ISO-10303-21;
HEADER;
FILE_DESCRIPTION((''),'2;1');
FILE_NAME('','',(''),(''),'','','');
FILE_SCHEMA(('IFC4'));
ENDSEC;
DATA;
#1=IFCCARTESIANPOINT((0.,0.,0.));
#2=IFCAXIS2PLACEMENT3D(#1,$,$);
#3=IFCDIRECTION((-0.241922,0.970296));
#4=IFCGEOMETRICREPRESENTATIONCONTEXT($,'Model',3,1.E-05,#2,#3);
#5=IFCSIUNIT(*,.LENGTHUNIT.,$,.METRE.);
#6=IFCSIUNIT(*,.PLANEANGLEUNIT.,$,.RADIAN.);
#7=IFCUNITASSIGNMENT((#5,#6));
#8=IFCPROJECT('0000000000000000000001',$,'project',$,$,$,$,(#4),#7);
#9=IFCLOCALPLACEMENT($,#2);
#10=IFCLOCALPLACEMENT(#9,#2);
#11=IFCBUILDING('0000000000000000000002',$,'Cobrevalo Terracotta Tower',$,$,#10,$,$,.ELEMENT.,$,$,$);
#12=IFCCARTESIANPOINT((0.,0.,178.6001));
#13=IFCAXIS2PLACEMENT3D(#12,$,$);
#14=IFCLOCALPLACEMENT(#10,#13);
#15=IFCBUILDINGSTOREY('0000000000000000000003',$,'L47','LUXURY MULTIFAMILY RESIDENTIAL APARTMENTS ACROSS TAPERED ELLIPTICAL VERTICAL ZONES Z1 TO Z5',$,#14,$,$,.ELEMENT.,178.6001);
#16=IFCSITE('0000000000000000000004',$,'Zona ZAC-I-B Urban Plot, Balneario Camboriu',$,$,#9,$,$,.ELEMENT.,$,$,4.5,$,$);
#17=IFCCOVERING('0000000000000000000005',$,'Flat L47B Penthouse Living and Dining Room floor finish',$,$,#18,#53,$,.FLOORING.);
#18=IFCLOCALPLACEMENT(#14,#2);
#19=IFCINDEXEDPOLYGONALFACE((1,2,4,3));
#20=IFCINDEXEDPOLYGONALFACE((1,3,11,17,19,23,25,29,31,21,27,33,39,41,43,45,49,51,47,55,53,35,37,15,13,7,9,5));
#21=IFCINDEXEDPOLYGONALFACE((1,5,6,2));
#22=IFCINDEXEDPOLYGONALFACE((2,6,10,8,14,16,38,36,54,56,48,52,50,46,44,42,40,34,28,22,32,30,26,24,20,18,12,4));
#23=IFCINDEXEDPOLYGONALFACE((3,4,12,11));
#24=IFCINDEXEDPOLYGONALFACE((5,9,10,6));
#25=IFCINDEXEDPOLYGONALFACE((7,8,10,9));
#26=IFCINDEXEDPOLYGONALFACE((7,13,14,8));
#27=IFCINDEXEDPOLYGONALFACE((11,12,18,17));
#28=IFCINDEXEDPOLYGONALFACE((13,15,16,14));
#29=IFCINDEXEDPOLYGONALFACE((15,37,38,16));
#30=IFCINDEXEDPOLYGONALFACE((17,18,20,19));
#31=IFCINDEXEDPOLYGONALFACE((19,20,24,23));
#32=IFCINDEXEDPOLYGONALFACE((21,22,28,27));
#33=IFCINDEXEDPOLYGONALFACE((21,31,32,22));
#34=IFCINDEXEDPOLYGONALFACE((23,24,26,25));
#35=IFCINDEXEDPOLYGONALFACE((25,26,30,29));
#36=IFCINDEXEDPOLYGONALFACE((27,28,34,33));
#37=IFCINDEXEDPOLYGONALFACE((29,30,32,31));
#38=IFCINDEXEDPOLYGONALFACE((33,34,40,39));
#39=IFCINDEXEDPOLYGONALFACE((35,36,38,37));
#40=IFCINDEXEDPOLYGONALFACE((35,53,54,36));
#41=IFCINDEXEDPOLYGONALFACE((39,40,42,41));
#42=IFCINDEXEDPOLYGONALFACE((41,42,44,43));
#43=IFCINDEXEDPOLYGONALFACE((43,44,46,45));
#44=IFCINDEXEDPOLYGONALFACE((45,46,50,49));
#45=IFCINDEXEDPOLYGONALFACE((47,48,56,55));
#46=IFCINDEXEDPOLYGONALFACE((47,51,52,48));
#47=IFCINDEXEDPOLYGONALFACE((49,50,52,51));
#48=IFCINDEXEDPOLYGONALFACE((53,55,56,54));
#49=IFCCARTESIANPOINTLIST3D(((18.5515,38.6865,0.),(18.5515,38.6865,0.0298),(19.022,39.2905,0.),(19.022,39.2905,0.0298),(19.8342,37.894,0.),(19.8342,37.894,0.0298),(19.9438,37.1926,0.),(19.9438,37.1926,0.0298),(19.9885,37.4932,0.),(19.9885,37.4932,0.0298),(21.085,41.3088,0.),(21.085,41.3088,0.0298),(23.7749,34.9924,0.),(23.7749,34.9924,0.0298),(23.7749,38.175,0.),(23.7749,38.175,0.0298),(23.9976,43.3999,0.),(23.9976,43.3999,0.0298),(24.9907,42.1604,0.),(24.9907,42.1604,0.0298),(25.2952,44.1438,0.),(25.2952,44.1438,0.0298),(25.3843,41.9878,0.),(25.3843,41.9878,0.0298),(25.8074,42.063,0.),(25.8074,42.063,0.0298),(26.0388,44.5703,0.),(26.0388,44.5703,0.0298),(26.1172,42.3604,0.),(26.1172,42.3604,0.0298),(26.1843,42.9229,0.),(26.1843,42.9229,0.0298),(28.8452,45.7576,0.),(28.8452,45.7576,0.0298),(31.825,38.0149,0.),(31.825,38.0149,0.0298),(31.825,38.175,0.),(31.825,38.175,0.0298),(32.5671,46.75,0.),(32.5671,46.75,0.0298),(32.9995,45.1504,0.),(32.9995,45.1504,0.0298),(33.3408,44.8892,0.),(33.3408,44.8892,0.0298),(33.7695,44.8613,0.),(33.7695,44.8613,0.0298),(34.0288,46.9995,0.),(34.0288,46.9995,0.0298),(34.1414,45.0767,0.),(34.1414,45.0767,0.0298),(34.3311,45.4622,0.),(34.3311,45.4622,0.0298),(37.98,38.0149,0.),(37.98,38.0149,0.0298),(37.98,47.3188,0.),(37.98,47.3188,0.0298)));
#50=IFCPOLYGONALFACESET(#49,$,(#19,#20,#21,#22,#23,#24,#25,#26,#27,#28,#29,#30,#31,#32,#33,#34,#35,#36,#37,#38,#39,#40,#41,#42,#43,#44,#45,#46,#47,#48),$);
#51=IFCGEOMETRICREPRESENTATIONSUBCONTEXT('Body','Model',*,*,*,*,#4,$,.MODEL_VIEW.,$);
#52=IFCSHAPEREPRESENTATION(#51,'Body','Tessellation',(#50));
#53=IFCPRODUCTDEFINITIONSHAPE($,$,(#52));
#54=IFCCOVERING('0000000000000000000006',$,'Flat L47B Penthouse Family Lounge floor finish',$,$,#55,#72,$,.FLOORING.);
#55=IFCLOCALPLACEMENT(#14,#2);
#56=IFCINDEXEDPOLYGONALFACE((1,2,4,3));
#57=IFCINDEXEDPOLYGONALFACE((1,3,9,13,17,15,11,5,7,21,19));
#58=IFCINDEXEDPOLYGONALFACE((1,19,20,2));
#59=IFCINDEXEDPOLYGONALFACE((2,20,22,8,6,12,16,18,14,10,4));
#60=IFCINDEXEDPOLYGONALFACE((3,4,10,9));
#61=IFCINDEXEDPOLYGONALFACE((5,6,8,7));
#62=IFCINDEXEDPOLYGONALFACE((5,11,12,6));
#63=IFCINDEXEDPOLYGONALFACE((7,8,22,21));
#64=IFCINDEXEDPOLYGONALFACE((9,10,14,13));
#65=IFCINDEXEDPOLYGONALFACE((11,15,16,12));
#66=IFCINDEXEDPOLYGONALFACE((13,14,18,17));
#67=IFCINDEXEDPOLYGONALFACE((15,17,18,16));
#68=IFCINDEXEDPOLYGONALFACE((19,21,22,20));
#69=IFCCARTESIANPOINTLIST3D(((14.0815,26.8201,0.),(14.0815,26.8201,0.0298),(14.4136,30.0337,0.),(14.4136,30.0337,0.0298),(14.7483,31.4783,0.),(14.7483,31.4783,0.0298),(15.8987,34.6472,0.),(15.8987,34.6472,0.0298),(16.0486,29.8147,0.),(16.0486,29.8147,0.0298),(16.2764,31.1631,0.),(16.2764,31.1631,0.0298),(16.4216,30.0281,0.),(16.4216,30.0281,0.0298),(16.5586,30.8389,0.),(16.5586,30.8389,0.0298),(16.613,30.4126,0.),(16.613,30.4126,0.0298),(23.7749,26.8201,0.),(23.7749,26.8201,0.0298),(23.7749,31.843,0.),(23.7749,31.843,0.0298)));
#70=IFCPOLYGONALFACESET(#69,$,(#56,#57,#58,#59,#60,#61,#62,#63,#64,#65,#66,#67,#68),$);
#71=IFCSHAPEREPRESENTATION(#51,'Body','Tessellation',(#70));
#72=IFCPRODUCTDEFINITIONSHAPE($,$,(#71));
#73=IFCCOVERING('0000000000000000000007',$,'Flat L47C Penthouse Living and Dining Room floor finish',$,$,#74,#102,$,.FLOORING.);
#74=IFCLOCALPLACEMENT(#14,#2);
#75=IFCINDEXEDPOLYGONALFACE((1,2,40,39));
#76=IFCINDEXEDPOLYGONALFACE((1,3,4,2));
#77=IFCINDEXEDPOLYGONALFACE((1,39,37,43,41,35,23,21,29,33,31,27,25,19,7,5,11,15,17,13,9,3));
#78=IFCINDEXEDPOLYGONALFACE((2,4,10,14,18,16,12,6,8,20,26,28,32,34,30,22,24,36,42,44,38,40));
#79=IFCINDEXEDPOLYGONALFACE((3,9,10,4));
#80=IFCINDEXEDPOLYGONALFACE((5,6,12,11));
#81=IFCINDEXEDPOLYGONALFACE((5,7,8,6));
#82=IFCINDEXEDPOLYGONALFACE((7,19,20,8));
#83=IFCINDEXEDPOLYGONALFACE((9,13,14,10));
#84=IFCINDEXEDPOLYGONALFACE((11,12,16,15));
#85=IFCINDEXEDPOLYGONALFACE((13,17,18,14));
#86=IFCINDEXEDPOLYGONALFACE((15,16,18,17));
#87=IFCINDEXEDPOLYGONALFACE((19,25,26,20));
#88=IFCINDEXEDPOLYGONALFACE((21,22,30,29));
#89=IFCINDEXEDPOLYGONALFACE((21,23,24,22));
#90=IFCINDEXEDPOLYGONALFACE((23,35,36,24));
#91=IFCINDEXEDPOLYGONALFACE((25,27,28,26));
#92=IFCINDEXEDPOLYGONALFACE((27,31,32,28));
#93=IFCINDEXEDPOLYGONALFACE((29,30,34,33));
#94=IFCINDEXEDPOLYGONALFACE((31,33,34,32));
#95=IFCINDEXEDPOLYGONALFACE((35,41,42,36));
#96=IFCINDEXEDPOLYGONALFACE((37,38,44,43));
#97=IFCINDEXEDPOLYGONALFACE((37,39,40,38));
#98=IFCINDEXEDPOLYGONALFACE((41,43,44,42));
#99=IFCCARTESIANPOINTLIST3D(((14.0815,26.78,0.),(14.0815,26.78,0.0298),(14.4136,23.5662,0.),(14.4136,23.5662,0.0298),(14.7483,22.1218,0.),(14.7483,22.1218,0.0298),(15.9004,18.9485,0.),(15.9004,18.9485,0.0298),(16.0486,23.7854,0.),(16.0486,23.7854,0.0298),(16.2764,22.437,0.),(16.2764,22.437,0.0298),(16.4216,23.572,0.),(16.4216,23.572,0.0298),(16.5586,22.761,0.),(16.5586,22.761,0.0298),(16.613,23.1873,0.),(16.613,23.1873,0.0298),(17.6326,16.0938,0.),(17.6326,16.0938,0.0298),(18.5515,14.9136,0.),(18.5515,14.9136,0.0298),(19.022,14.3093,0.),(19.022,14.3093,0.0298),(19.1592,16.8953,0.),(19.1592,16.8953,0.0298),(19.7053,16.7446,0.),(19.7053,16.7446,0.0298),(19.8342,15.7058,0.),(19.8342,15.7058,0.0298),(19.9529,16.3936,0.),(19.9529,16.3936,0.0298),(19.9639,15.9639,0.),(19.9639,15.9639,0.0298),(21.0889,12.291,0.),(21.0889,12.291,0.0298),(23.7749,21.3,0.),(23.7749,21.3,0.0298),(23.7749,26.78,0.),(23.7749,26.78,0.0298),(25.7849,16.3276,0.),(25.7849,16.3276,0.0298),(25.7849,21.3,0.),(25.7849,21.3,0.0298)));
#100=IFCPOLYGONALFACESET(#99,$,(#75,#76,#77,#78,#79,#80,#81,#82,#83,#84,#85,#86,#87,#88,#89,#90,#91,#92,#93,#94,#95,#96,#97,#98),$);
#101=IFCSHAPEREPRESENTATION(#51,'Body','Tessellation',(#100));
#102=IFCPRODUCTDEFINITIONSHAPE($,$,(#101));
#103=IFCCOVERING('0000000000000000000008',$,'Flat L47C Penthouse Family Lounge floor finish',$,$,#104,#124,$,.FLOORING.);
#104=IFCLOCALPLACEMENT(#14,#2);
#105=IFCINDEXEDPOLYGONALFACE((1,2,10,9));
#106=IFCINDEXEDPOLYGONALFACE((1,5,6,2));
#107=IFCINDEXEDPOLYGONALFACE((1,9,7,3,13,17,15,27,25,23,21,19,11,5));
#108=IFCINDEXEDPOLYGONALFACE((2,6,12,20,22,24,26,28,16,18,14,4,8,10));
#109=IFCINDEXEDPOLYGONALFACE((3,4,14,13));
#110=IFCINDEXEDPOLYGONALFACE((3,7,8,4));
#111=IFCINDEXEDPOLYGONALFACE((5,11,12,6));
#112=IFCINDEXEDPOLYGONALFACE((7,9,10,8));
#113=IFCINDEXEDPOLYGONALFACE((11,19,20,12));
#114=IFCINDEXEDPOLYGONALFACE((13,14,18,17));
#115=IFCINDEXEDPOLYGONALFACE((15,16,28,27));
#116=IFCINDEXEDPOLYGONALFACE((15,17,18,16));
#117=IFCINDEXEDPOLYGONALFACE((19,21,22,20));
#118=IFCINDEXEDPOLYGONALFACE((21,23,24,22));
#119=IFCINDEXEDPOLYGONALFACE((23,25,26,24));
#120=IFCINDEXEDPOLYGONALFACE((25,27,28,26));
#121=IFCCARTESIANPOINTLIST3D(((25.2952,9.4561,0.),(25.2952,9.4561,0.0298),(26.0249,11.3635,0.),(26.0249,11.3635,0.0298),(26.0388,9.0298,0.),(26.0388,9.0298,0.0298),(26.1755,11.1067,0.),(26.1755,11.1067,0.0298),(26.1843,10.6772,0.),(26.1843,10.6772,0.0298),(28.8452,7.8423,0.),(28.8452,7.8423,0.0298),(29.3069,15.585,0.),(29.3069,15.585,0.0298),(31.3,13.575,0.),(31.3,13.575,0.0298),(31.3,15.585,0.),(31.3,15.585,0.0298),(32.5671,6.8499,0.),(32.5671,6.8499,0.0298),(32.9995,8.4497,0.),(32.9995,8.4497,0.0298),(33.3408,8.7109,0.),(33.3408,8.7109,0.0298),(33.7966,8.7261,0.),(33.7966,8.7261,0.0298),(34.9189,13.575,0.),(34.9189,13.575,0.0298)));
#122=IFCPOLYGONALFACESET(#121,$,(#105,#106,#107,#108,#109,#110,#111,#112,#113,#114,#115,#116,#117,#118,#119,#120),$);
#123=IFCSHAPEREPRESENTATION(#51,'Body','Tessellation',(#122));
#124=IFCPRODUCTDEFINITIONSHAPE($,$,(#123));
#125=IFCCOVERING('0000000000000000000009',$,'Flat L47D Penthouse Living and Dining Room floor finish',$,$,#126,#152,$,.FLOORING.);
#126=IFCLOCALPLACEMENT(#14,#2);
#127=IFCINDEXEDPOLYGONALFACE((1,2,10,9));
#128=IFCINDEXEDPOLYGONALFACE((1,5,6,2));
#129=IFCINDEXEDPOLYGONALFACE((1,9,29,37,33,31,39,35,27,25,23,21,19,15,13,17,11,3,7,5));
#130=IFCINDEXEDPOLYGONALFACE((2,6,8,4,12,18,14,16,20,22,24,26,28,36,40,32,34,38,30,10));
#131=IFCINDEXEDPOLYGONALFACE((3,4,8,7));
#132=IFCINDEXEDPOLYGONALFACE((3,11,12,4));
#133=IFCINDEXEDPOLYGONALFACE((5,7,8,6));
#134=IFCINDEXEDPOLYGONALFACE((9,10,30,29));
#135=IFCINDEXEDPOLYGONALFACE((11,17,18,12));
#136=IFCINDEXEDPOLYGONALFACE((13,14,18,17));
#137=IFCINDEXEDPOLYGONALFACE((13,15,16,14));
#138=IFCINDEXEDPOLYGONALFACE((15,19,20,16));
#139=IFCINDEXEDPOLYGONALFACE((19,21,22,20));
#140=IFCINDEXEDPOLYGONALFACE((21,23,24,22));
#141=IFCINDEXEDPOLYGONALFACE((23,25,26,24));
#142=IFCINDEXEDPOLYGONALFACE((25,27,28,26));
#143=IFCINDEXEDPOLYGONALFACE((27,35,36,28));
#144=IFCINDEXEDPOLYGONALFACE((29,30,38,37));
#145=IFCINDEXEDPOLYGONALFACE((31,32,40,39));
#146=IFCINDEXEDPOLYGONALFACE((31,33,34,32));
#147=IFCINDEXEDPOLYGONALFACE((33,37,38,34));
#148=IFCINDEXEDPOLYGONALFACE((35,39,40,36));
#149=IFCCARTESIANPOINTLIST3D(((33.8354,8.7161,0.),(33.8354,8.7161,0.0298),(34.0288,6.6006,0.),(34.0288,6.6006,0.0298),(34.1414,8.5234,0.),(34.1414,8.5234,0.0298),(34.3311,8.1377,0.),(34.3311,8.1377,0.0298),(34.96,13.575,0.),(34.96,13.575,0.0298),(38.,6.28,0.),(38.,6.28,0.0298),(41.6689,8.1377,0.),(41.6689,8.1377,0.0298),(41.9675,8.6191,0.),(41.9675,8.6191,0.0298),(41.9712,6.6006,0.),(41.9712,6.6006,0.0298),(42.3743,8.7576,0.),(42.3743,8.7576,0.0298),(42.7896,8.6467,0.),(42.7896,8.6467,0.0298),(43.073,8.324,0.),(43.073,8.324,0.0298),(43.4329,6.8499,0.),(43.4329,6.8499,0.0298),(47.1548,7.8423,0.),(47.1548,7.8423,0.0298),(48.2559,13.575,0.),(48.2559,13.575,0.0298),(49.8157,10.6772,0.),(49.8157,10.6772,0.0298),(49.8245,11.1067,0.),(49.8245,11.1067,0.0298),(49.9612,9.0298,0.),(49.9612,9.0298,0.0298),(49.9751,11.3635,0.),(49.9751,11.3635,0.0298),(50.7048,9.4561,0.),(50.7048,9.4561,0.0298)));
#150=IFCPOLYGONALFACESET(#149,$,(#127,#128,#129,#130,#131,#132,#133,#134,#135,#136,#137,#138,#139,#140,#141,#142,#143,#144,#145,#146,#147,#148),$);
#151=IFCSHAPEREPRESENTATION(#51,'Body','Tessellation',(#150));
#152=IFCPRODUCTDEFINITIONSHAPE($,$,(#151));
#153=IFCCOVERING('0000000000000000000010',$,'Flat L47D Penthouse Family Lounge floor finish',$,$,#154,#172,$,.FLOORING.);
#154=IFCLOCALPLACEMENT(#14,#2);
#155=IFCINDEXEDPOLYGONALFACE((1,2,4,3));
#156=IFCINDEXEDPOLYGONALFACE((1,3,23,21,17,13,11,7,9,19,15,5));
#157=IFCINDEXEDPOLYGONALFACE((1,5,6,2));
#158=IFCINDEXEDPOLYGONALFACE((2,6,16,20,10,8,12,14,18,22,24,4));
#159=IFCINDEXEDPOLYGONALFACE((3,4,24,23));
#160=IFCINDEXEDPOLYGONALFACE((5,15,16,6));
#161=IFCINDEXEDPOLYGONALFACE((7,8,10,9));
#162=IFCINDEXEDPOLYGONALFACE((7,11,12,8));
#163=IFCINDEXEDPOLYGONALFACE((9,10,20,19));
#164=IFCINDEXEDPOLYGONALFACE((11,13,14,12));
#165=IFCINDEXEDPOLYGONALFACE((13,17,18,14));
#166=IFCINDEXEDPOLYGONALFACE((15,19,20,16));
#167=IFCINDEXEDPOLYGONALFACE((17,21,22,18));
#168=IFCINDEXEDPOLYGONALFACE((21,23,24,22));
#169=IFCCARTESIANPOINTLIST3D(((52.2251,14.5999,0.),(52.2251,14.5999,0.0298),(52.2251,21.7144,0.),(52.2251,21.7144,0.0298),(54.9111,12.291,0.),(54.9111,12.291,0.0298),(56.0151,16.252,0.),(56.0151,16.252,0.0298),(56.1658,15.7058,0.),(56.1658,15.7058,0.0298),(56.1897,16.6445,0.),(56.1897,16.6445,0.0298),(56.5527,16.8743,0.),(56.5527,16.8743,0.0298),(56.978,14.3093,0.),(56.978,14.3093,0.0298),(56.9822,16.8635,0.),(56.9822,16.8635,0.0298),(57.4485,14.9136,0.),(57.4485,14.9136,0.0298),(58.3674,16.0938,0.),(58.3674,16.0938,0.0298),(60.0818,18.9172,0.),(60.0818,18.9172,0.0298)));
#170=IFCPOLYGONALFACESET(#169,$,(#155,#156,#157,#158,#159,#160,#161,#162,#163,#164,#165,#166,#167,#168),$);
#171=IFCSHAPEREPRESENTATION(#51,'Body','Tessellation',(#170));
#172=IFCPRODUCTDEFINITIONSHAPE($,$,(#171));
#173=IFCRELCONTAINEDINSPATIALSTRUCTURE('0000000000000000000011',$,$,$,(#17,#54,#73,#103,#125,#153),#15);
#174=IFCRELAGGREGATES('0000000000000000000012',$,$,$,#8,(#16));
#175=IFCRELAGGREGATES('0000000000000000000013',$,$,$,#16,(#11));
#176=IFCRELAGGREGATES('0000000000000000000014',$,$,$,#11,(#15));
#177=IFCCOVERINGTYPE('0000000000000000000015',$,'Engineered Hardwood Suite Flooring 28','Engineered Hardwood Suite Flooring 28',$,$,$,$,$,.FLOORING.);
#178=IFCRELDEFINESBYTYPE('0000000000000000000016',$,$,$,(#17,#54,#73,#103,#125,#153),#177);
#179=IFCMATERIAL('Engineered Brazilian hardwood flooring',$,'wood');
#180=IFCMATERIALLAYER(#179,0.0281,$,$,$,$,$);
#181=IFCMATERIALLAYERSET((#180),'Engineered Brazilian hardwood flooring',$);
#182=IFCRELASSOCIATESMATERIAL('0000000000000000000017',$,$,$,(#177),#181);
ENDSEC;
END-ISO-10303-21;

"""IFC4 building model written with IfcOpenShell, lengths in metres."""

from ifc_helpers import new_model, si_unit, direction, frame, origin, place, context, subcontext, project, spatial, polyline, outline, extrude, material, layer, layer_set, type_object, element, save


model = new_model("IFC4")

# Units and contexts
model_context = context("Model", 3, precision=1e-05, world=origin(), true_north=direction((-0.241922, 0.970296)))
body_context = subcontext(model_context, "Body", "Model", "MODEL_VIEW")
ifc_project = project(units=[si_unit("LENGTHUNIT", "METRE"), si_unit("PLANEANGLEUNIT", "RADIAN")], contexts=[model_context])

# Site, building, storey
site_placement = place(None, origin())
site = spatial("IfcSite", under=ifc_project, at=site_placement, Name="Zona ZAC-I-B Urban Plot, Balneario Camboriu", CompositionType="ELEMENT", RefElevation=4.5)
building_placement = place(site_placement, origin())
building = spatial("IfcBuilding", under=site, at=building_placement, Name="Cobrevalo Terracotta Tower", CompositionType="ELEMENT")
storey_placement = place(building_placement, frame((0.0, 0.0, 178.6001)))
storey = spatial("IfcBuildingStorey", under=building, at=storey_placement, Name="L47", Description="LUXURY MULTIFAMILY RESIDENTIAL APARTMENTS ACROSS TAPERED ELLIPTICAL VERTICAL ZONES Z1 TO Z5", CompositionType="ELEMENT", Elevation=178.6001)

# Coverings
ifc_material_1 = material(Name="Engineered Brazilian hardwood flooring", Category="wood")
ifc_layer_1 = layer(ifc_material_1, 0.0281)
ifc_layer_set_1 = layer_set([ifc_layer_1], Name="Engineered Brazilian hardwood flooring")
covering_type_1 = type_object("IfcCoveringType", Name="Engineered Hardwood Suite Flooring 28", Description="Engineered Hardwood Suite Flooring 28", PredefinedType="FLOORING", material=ifc_layer_set_1)
covering_1_placement = place(storey_placement, origin())
element("IfcCovering", 1, at=covering_1_placement, inside=storey, type_object=covering_type_1, Name="Flat L47B Penthouse Living and Dining Room floor finish", PredefinedType="FLOORING", context=body_context, shape_type="SweptSolid", body=[
    extrude(outline(polyline([(21.085, 41.3088), (23.9976, 43.3999), (24.9907, 42.1604), (25.3843, 41.9878), (25.8074, 42.063), (26.1172, 42.3604), (26.1843, 42.9229), (25.2952, 44.1438), (26.0388, 44.5703), (28.8452, 45.7576), (32.5671, 46.75), (32.9995, 45.1504), (33.3408, 44.8892), (33.7695, 44.8613), (34.1414, 45.0767), (34.3311, 45.4622), (34.0288, 46.9995), (37.98, 47.3188), (37.98, 38.0149), (31.825, 38.0149), (31.825, 38.175), (23.7749, 38.175), (23.7749, 34.9924), (19.9438, 37.1926), (19.9885, 37.4932), (19.8342, 37.894), (18.5515, 38.6865), (19.022, 39.2905), (21.085, 41.3088)])), origin(), (0.0, 0.0, 1.0), 0.0298),
])
covering_2_placement = place(storey_placement, origin())
element("IfcCovering", 2, at=covering_2_placement, inside=storey, type_object=covering_type_1, Name="Flat L47B Penthouse Family Lounge floor finish", PredefinedType="FLOORING", context=body_context, shape_type="SweptSolid", body=[
    extrude(outline(polyline([(23.7749, 31.843), (23.7749, 26.8201), (14.0815, 26.8201), (14.4136, 30.0337), (16.0486, 29.8147), (16.4216, 30.0281), (16.613, 30.4126), (16.5586, 30.8389), (16.2764, 31.1631), (14.7483, 31.4783), (15.8987, 34.6472), (23.7749, 31.843)])), origin(), (0.0, 0.0, 1.0), 0.0298),
])
covering_3_placement = place(storey_placement, origin())
element("IfcCovering", 3, at=covering_3_placement, inside=storey, type_object=covering_type_1, Name="Flat L47C Penthouse Living and Dining Room floor finish", PredefinedType="FLOORING", context=body_context, shape_type="SweptSolid", body=[
    extrude(outline(polyline([(19.022, 14.3093), (18.5515, 14.9136), (19.8342, 15.7058), (19.9639, 15.9639), (19.9529, 16.3936), (19.7053, 16.7446), (19.1592, 16.8953), (17.6326, 16.0938), (15.9004, 18.9485), (14.7483, 22.1218), (16.2764, 22.437), (16.5586, 22.761), (16.613, 23.1873), (16.4216, 23.572), (16.0486, 23.7854), (14.4136, 23.5662), (14.0815, 26.78), (23.7749, 26.78), (23.7749, 21.3), (25.7849, 21.3), (25.7849, 16.3276), (21.0889, 12.291), (19.022, 14.3093)])), origin(), (0.0, 0.0, 1.0), 0.0298),
])
covering_4_placement = place(storey_placement, origin())
element("IfcCovering", 4, at=covering_4_placement, inside=storey, type_object=covering_type_1, Name="Flat L47C Penthouse Family Lounge floor finish", PredefinedType="FLOORING", context=body_context, shape_type="SweptSolid", body=[
    extrude(outline(polyline([(25.2952, 9.4561), (26.1843, 10.6772), (26.1755, 11.1067), (26.0249, 11.3635), (29.3069, 15.585), (31.3, 15.585), (31.3, 13.575), (34.9189, 13.575), (33.7966, 8.7261), (33.3408, 8.7109), (32.9995, 8.4497), (32.5671, 6.8499), (28.8452, 7.8423), (26.0388, 9.0298), (25.2952, 9.4561)])), origin(), (0.0, 0.0, 1.0), 0.0298),
])
covering_5_placement = place(storey_placement, origin())
element("IfcCovering", 5, at=covering_5_placement, inside=storey, type_object=covering_type_1, Name="Flat L47D Penthouse Living and Dining Room floor finish", PredefinedType="FLOORING", context=body_context, shape_type="SweptSolid", body=[
    extrude(outline(polyline([(47.1548, 7.8423), (43.4329, 6.8499), (43.073, 8.324), (42.7896, 8.6467), (42.3743, 8.7576), (41.9675, 8.6191), (41.6689, 8.1377), (41.9712, 6.6006), (38.0, 6.28), (34.0288, 6.6006), (34.3311, 8.1377), (34.1414, 8.5234), (33.8354, 8.7161), (34.96, 13.575), (48.2559, 13.575), (49.9751, 11.3635), (49.8245, 11.1067), (49.8157, 10.6772), (50.7048, 9.4561), (49.9612, 9.0298), (47.1548, 7.8423)])), origin(), (0.0, 0.0, 1.0), 0.0298),
])
covering_6_placement = place(storey_placement, origin())
element("IfcCovering", 6, at=covering_6_placement, inside=storey, type_object=covering_type_1, Name="Flat L47D Penthouse Family Lounge floor finish", PredefinedType="FLOORING", context=body_context, shape_type="SweptSolid", body=[
    extrude(outline(polyline([(54.9111, 12.291), (52.2251, 14.5999), (52.2251, 21.7144), (60.0818, 18.9172), (58.3674, 16.0938), (56.9822, 16.8635), (56.5527, 16.8743), (56.1897, 16.6445), (56.0151, 16.252), (56.1658, 15.7058), (57.4485, 14.9136), (56.978, 14.3093), (54.9111, 12.291)])), origin(), (0.0, 0.0, 1.0), 0.0298),
])

save(model, "model.ifc")
